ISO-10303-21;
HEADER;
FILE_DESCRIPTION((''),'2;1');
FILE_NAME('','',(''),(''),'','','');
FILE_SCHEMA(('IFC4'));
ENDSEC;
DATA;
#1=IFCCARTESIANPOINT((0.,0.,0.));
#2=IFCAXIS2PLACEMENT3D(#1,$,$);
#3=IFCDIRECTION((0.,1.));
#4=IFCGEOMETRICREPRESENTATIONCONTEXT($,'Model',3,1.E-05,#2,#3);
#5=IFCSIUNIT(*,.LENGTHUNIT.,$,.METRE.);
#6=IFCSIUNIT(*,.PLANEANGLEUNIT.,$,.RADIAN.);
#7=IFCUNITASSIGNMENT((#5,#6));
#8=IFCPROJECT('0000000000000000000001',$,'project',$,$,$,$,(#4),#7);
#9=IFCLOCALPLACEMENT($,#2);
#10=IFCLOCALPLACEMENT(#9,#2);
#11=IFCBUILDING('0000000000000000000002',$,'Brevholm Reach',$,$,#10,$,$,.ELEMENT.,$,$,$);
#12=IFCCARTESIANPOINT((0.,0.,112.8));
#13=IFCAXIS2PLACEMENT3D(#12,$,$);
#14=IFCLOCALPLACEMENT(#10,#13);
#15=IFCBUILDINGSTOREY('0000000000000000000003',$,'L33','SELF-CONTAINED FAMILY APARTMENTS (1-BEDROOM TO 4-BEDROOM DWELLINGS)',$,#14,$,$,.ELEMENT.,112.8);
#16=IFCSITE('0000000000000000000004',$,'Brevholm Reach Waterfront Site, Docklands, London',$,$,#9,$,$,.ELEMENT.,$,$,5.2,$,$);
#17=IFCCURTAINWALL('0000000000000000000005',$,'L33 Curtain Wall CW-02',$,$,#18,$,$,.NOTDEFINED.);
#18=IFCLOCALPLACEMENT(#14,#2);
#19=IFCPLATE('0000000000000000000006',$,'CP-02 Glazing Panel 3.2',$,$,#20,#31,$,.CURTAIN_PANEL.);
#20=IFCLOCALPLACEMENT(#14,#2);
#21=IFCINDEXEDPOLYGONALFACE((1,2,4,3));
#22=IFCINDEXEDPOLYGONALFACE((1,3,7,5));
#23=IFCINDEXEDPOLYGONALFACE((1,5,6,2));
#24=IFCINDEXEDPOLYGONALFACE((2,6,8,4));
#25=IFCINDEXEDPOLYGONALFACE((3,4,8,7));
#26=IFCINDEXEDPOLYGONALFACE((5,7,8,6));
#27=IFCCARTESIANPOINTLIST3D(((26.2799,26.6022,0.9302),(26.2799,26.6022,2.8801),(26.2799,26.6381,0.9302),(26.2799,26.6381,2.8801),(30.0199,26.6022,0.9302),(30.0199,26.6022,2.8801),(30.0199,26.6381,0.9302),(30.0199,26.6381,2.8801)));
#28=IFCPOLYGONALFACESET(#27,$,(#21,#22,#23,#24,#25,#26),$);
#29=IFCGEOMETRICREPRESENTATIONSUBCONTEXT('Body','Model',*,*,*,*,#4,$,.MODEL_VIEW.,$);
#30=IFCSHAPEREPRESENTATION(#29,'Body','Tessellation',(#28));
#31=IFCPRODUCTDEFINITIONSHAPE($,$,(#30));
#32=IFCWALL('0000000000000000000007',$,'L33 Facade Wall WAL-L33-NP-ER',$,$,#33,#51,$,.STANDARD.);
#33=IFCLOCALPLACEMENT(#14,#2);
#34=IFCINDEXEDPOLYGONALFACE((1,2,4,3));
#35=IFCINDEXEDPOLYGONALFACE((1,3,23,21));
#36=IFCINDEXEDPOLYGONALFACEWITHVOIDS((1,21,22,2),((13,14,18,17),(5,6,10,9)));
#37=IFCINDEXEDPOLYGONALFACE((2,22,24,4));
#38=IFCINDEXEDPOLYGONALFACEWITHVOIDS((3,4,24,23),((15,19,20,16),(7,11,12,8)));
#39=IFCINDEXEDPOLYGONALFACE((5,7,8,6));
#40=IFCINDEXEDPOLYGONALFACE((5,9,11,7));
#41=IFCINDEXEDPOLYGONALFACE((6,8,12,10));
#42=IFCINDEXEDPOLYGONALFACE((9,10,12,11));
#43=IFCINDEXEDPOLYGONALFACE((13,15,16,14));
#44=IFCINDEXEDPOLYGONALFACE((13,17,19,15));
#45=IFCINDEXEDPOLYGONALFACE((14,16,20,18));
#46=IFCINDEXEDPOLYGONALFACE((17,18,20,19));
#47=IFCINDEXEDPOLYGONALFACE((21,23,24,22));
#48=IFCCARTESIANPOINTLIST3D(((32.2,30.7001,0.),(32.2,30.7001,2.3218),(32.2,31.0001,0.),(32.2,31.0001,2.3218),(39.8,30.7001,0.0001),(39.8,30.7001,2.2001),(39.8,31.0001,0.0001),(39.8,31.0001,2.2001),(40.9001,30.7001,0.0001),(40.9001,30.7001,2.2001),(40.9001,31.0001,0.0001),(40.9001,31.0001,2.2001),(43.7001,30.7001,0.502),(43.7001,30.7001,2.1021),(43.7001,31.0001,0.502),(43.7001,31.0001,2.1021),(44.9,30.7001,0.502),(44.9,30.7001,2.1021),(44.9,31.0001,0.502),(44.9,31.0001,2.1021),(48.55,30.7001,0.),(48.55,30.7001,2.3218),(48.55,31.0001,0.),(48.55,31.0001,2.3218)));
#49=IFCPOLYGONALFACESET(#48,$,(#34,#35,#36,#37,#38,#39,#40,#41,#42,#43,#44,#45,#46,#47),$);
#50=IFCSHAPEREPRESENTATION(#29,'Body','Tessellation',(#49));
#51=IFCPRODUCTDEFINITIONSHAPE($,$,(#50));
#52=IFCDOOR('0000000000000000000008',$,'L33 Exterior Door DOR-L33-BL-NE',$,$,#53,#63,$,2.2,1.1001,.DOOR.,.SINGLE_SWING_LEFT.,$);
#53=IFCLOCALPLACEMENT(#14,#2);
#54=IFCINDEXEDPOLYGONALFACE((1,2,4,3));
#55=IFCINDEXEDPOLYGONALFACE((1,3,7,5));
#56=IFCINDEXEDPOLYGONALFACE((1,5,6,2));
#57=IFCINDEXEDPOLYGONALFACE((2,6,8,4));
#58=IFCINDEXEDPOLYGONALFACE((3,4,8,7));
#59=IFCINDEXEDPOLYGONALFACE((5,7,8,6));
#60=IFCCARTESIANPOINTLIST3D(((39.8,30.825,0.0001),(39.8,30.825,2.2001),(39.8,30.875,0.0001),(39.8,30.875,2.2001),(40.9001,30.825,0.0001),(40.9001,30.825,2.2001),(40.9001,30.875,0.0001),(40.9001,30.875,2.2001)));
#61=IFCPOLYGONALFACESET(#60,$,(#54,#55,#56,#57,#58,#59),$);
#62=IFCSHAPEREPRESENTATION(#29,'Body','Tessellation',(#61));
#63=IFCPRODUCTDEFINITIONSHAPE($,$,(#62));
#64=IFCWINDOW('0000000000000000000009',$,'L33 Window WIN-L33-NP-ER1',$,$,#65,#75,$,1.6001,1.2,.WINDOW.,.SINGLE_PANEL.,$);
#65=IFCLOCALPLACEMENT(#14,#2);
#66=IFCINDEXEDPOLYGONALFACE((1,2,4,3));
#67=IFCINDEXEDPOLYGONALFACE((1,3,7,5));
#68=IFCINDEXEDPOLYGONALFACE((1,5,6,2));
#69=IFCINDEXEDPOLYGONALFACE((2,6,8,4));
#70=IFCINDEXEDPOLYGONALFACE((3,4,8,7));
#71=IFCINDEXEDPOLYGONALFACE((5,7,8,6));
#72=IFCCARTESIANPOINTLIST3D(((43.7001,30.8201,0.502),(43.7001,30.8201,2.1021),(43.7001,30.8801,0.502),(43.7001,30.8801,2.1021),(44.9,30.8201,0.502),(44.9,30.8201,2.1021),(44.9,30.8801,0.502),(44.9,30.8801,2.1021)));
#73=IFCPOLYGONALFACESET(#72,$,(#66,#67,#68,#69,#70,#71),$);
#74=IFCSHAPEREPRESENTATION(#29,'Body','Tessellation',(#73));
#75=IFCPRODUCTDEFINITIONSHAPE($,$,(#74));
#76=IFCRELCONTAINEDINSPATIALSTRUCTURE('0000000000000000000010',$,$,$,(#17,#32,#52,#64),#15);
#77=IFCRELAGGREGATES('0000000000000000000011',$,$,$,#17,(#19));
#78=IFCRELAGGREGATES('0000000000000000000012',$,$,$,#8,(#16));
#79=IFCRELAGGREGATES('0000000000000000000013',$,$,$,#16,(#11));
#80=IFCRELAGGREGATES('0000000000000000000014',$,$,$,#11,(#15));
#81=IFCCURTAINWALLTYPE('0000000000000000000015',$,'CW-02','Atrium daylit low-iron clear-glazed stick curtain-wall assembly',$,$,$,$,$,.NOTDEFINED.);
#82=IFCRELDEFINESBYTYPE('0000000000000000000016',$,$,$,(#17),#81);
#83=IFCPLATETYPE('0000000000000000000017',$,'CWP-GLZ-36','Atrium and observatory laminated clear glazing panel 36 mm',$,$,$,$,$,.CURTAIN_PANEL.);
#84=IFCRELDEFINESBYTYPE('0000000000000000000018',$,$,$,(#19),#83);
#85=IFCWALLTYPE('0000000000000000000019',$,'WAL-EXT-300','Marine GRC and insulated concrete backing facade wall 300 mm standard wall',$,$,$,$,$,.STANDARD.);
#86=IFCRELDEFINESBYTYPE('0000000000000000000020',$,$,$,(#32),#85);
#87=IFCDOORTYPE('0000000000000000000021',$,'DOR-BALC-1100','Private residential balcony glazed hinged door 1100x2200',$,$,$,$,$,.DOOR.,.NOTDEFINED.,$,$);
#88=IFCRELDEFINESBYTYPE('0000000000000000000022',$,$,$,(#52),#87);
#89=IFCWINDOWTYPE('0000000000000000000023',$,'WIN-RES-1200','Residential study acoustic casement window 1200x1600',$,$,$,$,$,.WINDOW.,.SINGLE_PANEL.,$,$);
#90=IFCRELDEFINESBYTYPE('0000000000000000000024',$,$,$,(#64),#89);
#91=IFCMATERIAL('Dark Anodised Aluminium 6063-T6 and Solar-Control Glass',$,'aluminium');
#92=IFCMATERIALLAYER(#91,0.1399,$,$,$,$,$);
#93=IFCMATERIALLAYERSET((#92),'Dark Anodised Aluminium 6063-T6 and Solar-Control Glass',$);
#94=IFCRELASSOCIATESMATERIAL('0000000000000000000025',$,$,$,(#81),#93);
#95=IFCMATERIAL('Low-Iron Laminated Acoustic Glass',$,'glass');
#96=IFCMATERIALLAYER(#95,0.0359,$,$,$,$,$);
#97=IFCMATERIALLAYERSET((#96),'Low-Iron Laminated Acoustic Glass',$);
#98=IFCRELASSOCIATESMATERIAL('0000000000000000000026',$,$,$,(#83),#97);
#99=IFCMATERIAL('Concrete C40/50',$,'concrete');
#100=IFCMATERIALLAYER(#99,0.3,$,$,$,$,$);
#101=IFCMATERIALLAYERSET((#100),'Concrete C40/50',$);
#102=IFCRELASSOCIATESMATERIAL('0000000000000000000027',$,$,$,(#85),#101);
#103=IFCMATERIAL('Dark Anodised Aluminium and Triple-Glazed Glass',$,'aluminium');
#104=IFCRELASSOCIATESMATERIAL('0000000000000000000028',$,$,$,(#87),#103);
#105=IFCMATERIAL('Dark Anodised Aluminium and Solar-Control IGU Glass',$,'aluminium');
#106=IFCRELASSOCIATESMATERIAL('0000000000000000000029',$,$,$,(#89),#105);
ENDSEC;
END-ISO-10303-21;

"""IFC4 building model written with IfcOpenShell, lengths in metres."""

from ifc_helpers import new_model, si_unit, direction, frame, frame_2d, origin, origin_2d, place, context, subcontext, project, spatial, rectangle, extrude, material, layer, layer_set, type_object, element, fill, aggregate, save


model = new_model("IFC4")

# Units and contexts
model_context = context("Model", 3, precision=1e-05, world=origin(), true_north=direction((0.0, 1.0)))
body_context = subcontext(model_context, "Body", "Model", "MODEL_VIEW")
ifc_project = project(units=[si_unit("LENGTHUNIT", "METRE"), si_unit("PLANEANGLEUNIT", "RADIAN")], contexts=[model_context])

# Site, building, storey
site_placement = place(None, origin())
site = spatial("IfcSite", under=ifc_project, at=site_placement, Name="Brevholm Reach Waterfront Site, Docklands, London", CompositionType="ELEMENT", RefElevation=5.2)
building_placement = place(site_placement, origin())
building = spatial("IfcBuilding", under=site, at=building_placement, Name="Brevholm Reach", CompositionType="ELEMENT")
storey_placement = place(building_placement, frame((0.0, 0.0, 112.8)))
storey = spatial("IfcBuildingStorey", under=building, at=storey_placement, Name="L33", Description="SELF-CONTAINED FAMILY APARTMENTS (1-BEDROOM TO 4-BEDROOM DWELLINGS)", CompositionType="ELEMENT", Elevation=112.8)

# Curtain wall
ifc_material_1 = material(Name="Dark Anodised Aluminium 6063-T6 and Solar-Control Glass", Category="aluminium")
ifc_layer_1 = layer(ifc_material_1, 0.1399)
ifc_layer_set_1 = layer_set([ifc_layer_1], Name="Dark Anodised Aluminium 6063-T6 and Solar-Control Glass")
curtain_wall_type_1 = type_object("IfcCurtainWallType", Name="CW-02", Description="Atrium daylit low-iron clear-glazed stick curtain-wall assembly", PredefinedType="NOTDEFINED", material=ifc_layer_set_1)
curtain_wall_1_placement = place(storey_placement, origin())
curtain_wall_1 = element("IfcCurtainWall", 1, at=curtain_wall_1_placement, inside=storey, type_object=curtain_wall_type_1, Name="L33 Curtain Wall CW-02", PredefinedType="NOTDEFINED")

# Plate
ifc_material_2 = material(Name="Low-Iron Laminated Acoustic Glass", Category="glass")
ifc_layer_2 = layer(ifc_material_2, 0.0359)
ifc_layer_set_2 = layer_set([ifc_layer_2], Name="Low-Iron Laminated Acoustic Glass")
plate_type_1 = type_object("IfcPlateType", Name="CWP-GLZ-36", Description="Atrium and observatory laminated clear glazing panel 36 mm", PredefinedType="CURTAIN_PANEL", material=ifc_layer_set_2)
plate_1_placement = place(storey_placement, frame((28.1499, 26.6201, 0.9302), z_axis=(0.0, 0.0, 1.0), x_axis=(-1.0, 0.0, 0.0)))
plate_1 = element("IfcPlate", 2, at=plate_1_placement, type_object=plate_type_1, Name="CP-02 Glazing Panel 3.2", PredefinedType="CURTAIN_PANEL", context=body_context, shape_type="SweptSolid", body=[
    extrude(rectangle(XDim=3.74, YDim=0.0359, at=origin_2d()), origin(), (0.0, 0.0, 1.0), 1.95),
])
aggregate(curtain_wall_1, [plate_1])

# Wall, openings, door, window
ifc_material_3 = material(Name="Concrete C40/50", Category="concrete")
ifc_layer_3 = layer(ifc_material_3, 0.3)
ifc_layer_set_3 = layer_set([ifc_layer_3], Name="Concrete C40/50")
wall_type = type_object("IfcWallType", Name="WAL-EXT-300", Description="Marine GRC and insulated concrete backing facade wall 300 mm standard wall", PredefinedType="STANDARD", material=ifc_layer_set_3)
wall_placement = place(storey_placement, frame((32.2, 30.8501, 0.0), z_axis=(0.0, 0.0, 1.0), x_axis=(1.0, 0.0, 0.0)))
wall = element("IfcWall", 3, at=wall_placement, inside=storey, type_object=wall_type, Name="L33 Facade Wall WAL-L33-NP-ER", PredefinedType="STANDARD", context=body_context, shape_type="SweptSolid", body=[
    extrude(rectangle(XDim=16.3501, YDim=0.3, at=frame_2d((8.175, 0.0))), origin(), (0.0, 0.0, 1.0), 2.3218),
])
opening_1_placement = place(wall_placement, frame((7.6001, 0.0, 0.0)))
opening_1 = element("IfcOpeningElement", 4, at=opening_1_placement, cuts=wall, PredefinedType="OPENING", context=body_context, shape_type="SweptSolid", body=[
    extrude(rectangle(XDim=1.1001, YDim=2.2, at=frame_2d((0.55, 1.1001))), frame((0.0, 0.1599, 0.0), z_axis=(0.0, -1.0, 0.0), x_axis=(1.0, 0.0, 0.0)), (0.0, 0.0, 1.0), 0.3201),
])
opening_2_placement = place(wall_placement, frame((11.5, 0.0, 0.502)))
opening_2 = element("IfcOpeningElement", 5, at=opening_2_placement, cuts=wall, PredefinedType="OPENING", context=body_context, shape_type="SweptSolid", body=[
    extrude(rectangle(XDim=1.2, YDim=1.6001, at=frame_2d((0.6001, 0.8))), frame((0.0, 0.1599, 0.0), z_axis=(0.0, -1.0, 0.0), x_axis=(1.0, 0.0, 0.0)), (0.0, 0.0, 1.0), 0.3201),
])
ifc_material_4 = material(Name="Dark Anodised Aluminium and Triple-Glazed Glass", Category="aluminium")
door_type = type_object("IfcDoorType", Name="DOR-BALC-1100", Description="Private residential balcony glazed hinged door 1100x2200", OperationType="NOTDEFINED", PredefinedType="DOOR", material=ifc_material_4)
door_placement = place(opening_1_placement, origin())
door = element("IfcDoor", 6, at=door_placement, inside=storey, type_object=door_type, Name="L33 Exterior Door DOR-L33-BL-NE", OperationType="SINGLE_SWING_LEFT", OverallHeight=2.2, OverallWidth=1.1001, PredefinedType="DOOR", context=body_context, shape_type="SweptSolid", body=[
    extrude(rectangle(XDim=1.1001, YDim=2.2, at=frame_2d((0.55, 1.1001))), frame((0.0, 0.0249, 0.0), z_axis=(0.0, -1.0, 0.0), x_axis=(1.0, 0.0, 0.0)), (0.0, 0.0, 1.0), 0.05),
])
fill(opening_1, door)
ifc_material_5 = material(Name="Dark Anodised Aluminium and Solar-Control IGU Glass", Category="aluminium")
window_type = type_object("IfcWindowType", Name="WIN-RES-1200", Description="Residential study acoustic casement window 1200x1600", PartitioningType="SINGLE_PANEL", PredefinedType="WINDOW", material=ifc_material_5)
window_placement = place(opening_2_placement, origin())
window = element("IfcWindow", 7, at=window_placement, inside=storey, type_object=window_type, Name="L33 Window WIN-L33-NP-ER1", OverallHeight=1.6001, OverallWidth=1.2, PartitioningType="SINGLE_PANEL", PredefinedType="WINDOW", context=body_context, shape_type="SweptSolid", body=[
    extrude(rectangle(XDim=1.2, YDim=1.6001, at=frame_2d((0.6001, 0.8))), frame((0.0, 0.03, 0.0), z_axis=(0.0, -1.0, 0.0), x_axis=(1.0, 0.0, 0.0)), (0.0, 0.0, 1.0), 0.0601),
])
fill(opening_2, window)

save(model, "model.ifc")
